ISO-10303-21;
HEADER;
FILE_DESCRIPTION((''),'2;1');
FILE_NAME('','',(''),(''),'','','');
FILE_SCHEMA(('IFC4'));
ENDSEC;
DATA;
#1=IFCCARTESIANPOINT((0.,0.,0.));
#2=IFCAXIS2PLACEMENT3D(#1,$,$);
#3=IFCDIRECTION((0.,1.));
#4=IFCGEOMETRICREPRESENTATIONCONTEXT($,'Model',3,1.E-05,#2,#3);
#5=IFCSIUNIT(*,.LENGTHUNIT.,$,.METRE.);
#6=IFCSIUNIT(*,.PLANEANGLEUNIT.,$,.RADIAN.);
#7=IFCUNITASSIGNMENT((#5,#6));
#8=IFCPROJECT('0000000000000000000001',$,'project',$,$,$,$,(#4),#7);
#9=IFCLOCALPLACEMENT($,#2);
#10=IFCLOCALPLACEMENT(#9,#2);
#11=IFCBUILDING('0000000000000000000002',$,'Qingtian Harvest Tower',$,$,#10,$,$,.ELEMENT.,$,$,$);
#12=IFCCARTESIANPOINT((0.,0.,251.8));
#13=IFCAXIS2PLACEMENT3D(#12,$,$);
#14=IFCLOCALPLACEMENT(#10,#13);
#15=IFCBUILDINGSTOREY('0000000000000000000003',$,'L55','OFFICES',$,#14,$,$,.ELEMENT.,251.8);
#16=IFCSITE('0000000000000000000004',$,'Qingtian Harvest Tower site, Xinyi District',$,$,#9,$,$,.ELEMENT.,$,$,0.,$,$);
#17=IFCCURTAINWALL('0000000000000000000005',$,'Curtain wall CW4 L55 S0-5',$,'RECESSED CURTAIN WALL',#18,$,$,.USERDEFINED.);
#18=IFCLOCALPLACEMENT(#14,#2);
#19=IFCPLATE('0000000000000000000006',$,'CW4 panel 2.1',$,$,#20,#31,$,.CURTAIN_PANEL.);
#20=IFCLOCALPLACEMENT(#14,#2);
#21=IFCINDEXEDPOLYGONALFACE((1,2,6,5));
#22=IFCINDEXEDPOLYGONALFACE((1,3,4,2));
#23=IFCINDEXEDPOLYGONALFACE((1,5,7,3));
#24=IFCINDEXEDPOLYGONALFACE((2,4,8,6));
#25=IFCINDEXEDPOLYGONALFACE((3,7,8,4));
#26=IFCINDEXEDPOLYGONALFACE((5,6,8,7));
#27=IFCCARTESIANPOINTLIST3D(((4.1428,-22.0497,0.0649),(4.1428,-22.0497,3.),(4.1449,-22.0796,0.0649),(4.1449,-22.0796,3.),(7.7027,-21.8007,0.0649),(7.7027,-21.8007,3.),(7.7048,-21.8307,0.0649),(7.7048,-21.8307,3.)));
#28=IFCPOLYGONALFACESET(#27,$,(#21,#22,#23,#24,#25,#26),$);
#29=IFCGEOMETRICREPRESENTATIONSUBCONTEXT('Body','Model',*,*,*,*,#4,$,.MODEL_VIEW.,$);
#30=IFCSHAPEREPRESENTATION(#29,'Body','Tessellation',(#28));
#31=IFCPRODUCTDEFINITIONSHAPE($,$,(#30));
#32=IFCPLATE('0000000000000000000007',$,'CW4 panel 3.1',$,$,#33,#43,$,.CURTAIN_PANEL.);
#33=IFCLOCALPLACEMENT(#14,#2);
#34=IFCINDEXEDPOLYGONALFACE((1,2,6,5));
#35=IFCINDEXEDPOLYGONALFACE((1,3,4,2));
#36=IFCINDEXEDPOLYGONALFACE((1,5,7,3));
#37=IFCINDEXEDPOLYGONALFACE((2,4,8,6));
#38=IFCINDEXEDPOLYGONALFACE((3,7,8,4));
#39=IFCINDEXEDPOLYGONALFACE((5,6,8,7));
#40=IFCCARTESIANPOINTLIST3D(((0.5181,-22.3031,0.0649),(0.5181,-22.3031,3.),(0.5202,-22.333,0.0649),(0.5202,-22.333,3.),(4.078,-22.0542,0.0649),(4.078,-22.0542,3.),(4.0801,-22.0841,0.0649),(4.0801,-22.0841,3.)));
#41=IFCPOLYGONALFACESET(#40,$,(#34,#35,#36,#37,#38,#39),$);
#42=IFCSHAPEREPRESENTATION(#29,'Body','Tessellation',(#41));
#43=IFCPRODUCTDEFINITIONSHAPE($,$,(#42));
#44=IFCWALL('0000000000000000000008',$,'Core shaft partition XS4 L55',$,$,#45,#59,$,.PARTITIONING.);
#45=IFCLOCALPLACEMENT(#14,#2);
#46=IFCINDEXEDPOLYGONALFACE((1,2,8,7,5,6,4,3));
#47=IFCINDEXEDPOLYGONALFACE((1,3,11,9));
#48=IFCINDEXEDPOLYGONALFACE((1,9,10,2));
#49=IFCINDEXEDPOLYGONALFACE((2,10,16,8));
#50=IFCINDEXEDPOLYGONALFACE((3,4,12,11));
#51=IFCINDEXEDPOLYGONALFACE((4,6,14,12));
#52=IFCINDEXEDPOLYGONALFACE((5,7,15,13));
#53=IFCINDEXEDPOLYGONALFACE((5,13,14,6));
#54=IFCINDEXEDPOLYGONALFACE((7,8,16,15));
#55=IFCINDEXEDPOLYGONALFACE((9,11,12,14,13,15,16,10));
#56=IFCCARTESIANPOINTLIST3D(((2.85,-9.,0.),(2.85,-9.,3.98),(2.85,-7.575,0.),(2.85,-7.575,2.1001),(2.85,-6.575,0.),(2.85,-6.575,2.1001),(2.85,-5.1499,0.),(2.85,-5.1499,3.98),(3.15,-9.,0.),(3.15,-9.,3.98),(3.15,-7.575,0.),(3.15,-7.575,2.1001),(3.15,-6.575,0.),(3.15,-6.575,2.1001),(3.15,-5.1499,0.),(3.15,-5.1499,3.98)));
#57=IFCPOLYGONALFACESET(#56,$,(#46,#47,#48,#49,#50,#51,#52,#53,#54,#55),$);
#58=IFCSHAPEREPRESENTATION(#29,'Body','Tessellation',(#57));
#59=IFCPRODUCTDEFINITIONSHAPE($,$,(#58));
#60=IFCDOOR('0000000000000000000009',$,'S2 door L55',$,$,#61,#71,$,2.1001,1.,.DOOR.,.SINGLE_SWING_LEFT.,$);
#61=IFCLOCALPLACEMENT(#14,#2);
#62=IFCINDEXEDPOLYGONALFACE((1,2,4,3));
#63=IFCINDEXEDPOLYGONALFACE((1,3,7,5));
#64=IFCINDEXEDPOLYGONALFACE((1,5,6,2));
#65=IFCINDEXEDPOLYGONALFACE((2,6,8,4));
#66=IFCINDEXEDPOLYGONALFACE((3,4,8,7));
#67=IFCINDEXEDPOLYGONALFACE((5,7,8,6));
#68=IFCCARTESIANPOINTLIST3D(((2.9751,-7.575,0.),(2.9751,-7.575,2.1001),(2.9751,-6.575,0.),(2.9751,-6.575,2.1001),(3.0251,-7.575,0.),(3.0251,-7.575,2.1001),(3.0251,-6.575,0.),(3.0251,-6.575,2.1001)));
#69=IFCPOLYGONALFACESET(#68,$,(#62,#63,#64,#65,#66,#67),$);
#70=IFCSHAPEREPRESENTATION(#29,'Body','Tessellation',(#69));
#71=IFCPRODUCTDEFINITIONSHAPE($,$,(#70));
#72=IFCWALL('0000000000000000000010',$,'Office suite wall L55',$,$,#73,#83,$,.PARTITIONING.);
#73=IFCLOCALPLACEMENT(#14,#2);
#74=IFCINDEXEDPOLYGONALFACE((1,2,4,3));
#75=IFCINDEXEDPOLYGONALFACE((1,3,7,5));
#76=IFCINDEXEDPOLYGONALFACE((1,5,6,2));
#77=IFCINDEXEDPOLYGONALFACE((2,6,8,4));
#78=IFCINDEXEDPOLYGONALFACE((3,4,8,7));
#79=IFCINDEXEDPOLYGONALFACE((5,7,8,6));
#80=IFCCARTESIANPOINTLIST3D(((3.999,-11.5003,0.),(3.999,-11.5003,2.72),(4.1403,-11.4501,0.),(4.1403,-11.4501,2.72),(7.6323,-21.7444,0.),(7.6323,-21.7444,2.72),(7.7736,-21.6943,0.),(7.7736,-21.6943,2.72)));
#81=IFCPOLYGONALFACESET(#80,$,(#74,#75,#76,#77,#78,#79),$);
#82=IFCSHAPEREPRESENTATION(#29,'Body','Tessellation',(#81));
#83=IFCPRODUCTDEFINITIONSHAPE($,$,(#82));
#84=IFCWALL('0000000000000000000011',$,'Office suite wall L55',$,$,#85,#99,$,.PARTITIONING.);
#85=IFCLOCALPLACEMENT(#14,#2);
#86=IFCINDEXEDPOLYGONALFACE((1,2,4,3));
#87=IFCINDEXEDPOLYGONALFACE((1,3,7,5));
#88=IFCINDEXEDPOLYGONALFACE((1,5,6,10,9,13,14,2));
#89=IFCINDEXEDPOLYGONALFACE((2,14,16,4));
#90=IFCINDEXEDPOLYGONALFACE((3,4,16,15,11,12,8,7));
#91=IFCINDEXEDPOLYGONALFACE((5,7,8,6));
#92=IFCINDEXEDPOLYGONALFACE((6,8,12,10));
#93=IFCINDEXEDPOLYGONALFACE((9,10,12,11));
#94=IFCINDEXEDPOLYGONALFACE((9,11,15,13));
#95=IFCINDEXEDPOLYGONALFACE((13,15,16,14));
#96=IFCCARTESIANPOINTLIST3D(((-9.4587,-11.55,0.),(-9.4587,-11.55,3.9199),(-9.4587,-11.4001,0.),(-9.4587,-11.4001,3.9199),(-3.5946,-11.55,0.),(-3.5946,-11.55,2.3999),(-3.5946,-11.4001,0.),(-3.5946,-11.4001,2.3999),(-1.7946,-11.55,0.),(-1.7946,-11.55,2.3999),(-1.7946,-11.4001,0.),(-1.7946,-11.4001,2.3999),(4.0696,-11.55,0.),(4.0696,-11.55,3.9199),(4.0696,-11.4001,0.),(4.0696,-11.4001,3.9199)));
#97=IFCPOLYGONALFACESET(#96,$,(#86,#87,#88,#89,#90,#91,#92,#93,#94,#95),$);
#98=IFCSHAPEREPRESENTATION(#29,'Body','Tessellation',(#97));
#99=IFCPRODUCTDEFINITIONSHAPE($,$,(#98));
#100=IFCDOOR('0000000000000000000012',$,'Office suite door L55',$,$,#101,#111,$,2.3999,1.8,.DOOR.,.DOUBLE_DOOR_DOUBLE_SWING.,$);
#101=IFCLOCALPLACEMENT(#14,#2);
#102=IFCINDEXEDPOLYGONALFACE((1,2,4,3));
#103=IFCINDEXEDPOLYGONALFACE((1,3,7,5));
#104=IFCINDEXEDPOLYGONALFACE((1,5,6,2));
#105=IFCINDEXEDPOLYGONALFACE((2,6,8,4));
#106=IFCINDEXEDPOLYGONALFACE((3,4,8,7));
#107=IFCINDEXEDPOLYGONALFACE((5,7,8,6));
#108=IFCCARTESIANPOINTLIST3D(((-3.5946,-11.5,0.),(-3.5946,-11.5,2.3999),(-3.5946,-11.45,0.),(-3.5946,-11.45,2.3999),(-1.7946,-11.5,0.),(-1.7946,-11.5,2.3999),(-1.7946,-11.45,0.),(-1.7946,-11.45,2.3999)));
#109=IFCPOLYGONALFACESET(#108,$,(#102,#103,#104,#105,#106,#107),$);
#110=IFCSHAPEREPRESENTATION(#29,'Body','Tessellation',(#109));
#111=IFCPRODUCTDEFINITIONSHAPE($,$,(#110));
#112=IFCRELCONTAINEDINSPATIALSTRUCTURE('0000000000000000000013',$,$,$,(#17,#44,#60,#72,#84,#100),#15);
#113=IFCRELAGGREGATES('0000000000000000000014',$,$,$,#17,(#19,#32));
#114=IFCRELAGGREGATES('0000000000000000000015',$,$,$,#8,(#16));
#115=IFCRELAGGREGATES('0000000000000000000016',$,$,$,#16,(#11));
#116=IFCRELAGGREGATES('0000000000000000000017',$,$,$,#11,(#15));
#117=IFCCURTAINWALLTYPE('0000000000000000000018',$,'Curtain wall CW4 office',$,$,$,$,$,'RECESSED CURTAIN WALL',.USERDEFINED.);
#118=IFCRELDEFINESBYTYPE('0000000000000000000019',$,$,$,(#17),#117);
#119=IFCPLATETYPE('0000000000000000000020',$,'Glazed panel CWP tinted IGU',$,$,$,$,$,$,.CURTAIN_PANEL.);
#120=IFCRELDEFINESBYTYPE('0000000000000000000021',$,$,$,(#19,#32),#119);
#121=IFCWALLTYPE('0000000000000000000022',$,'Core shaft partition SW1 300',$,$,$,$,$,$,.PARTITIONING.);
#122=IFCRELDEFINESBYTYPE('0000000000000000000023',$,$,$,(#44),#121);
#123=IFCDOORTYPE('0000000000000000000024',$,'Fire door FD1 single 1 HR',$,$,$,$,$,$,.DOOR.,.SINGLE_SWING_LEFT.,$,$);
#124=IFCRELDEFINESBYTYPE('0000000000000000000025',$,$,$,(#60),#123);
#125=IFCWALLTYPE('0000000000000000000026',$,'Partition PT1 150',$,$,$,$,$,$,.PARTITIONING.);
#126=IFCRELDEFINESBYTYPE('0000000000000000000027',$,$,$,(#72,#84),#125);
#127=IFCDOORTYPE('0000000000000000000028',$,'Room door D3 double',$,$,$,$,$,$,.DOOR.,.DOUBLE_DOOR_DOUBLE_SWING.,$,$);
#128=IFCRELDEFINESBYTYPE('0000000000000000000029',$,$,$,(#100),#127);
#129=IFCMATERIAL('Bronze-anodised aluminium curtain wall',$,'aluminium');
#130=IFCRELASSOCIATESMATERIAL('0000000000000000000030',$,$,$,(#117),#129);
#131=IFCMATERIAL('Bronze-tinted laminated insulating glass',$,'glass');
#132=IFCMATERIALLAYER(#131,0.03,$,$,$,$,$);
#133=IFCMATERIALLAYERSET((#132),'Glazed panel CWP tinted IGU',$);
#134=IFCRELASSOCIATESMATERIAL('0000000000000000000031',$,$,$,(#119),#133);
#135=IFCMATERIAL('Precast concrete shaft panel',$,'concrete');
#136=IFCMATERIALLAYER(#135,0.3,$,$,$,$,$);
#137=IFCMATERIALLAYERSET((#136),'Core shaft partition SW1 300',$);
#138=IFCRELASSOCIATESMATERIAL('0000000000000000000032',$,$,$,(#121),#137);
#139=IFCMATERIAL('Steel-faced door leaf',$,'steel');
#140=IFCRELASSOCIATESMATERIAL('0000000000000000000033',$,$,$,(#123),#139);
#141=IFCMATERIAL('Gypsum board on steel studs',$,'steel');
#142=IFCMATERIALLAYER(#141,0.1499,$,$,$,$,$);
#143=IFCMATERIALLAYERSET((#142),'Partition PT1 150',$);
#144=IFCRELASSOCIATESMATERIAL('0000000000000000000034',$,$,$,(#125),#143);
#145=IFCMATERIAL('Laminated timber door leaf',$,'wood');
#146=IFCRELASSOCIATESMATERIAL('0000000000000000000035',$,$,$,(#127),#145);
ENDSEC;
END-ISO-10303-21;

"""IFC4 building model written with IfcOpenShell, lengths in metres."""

from ifc_helpers import new_model, si_unit, direction, frame, frame_2d, origin, origin_2d, place, context, subcontext, project, spatial, rectangle, extrude, material, layer, layer_set, type_object, element, fill, aggregate, save


model = new_model("IFC4")

# Units and contexts
model_context = context("Model", 3, precision=1e-05, world=origin(), true_north=direction((0.0, 1.0)))
body_context = subcontext(model_context, "Body", "Model", "MODEL_VIEW")
ifc_project = project(units=[si_unit("LENGTHUNIT", "METRE"), si_unit("PLANEANGLEUNIT", "RADIAN")], contexts=[model_context])

# Site, building, storey
site_placement = place(None, origin())
site = spatial("IfcSite", under=ifc_project, at=site_placement, Name="Qingtian Harvest Tower site, Xinyi District", CompositionType="ELEMENT", RefElevation=0.0)
building_placement = place(site_placement, origin())
building = spatial("IfcBuilding", under=site, at=building_placement, Name="Qingtian Harvest Tower", CompositionType="ELEMENT")
storey_placement = place(building_placement, frame((0.0, 0.0, 251.8)))
storey = spatial("IfcBuildingStorey", under=building, at=storey_placement, Name="L55", Description="OFFICES", CompositionType="ELEMENT", Elevation=251.8)

# Shared definitions
ifc_material_1 = material(Name="Bronze-anodised aluminium curtain wall", Category="aluminium")
curtain_wall_type = type_object("IfcCurtainWallType", Name="Curtain wall CW4 office", ElementType="RECESSED CURTAIN WALL", PredefinedType="USERDEFINED", material=ifc_material_1)

# Curtain wall
curtain_wall_1_placement = place(storey_placement, origin())
curtain_wall_1 = element("IfcCurtainWall", 1, at=curtain_wall_1_placement, inside=storey, type_object=curtain_wall_type, Name="Curtain wall CW4 L55 S0-5", ObjectType="RECESSED CURTAIN WALL", PredefinedType="USERDEFINED")

# Plates
ifc_material_2 = material(Name="Bronze-tinted laminated insulating glass", Category="glass")
ifc_layer_1 = layer(ifc_material_2, 0.03)
ifc_layer_set_1 = layer_set([ifc_layer_1], Name="Glazed panel CWP tinted IGU")
plate_type = type_object("IfcPlateType", Name="Glazed panel CWP tinted IGU", PredefinedType="CURTAIN_PANEL", material=ifc_layer_set_1)
plate_1_placement = place(storey_placement, frame((5.9238, -21.9402, 0.0649), z_axis=(0.0, 0.0, 1.0), x_axis=(-0.997564, -0.069756, 0.0)))
plate_1 = element("IfcPlate", 2, at=plate_1_placement, type_object=plate_type, Name="CW4 panel 2.1", PredefinedType="CURTAIN_PANEL", context=body_context, shape_type="SweptSolid", body=[
    extrude(rectangle(XDim=3.5686, YDim=0.03, at=origin_2d()), origin(), (0.0, 0.0, 1.0), 2.9351),
])
plate_2_placement = place(storey_placement, frame((2.2991, -22.1936, 0.0649), z_axis=(0.0, 0.0, 1.0), x_axis=(-0.997564, -0.069756, 0.0)))
plate_2 = element("IfcPlate", 3, at=plate_2_placement, type_object=plate_type, Name="CW4 panel 3.1", PredefinedType="CURTAIN_PANEL", context=body_context, shape_type="SweptSolid", body=[
    extrude(rectangle(XDim=3.5686, YDim=0.03, at=origin_2d()), origin(), (0.0, 0.0, 1.0), 2.9351),
])
aggregate(curtain_wall_1, [plate_1, plate_2])

# Wall, opening, door
ifc_material_3 = material(Name="Precast concrete shaft panel", Category="concrete")
ifc_layer_2 = layer(ifc_material_3, 0.3)
ifc_layer_set_2 = layer_set([ifc_layer_2], Name="Core shaft partition SW1 300")
wall_type_1 = type_object("IfcWallType", Name="Core shaft partition SW1 300", PredefinedType="PARTITIONING", material=ifc_layer_set_2)
wall_1_placement = place(storey_placement, frame((3.0, -9.0, 0.0), z_axis=(0.0, 0.0, 1.0), x_axis=(0.0, 1.0, 0.0)))
wall_1 = element("IfcWall", 4, at=wall_1_placement, inside=storey, type_object=wall_type_1, Name="Core shaft partition XS4 L55", PredefinedType="PARTITIONING", context=body_context, shape_type="SweptSolid", body=[
    extrude(rectangle(XDim=3.8501, YDim=0.3, at=frame_2d((1.925, 0.0))), origin(), (0.0, 0.0, 1.0), 3.98),
])
opening_1_placement = place(wall_1_placement, frame((1.425, 0.0, 0.0)))
opening_1 = element("IfcOpeningElement", 5, at=opening_1_placement, cuts=wall_1, PredefinedType="OPENING", context=body_context, shape_type="SweptSolid", body=[
    extrude(rectangle(XDim=1.0, YDim=2.1001, at=frame_2d((0.5, 1.05))), frame((0.0, 0.1599, 0.0), z_axis=(0.0, -1.0, 0.0), x_axis=(1.0, 0.0, 0.0)), (0.0, 0.0, 1.0), 0.3201),
])
ifc_material_4 = material(Name="Steel-faced door leaf", Category="steel")
door_type_1 = type_object("IfcDoorType", Name="Fire door FD1 single 1 HR", OperationType="SINGLE_SWING_LEFT", PredefinedType="DOOR", material=ifc_material_4)
door_1_placement = place(opening_1_placement, origin())
door_1 = element("IfcDoor", 6, at=door_1_placement, inside=storey, type_object=door_type_1, Name="S2 door L55", OperationType="SINGLE_SWING_LEFT", OverallHeight=2.1001, OverallWidth=1.0, PredefinedType="DOOR", context=body_context, shape_type="SweptSolid", body=[
    extrude(rectangle(XDim=1.0, YDim=2.1001, at=frame_2d((0.5, 1.05))), frame((0.0, 0.0249, 0.0), z_axis=(0.0, -1.0, 0.0), x_axis=(1.0, 0.0, 0.0)), (0.0, 0.0, 1.0), 0.05),
])
fill(opening_1, door_1)

# Wall
ifc_material_5 = material(Name="Gypsum board on steel studs", Category="steel")
ifc_layer_3 = layer(ifc_material_5, 0.1499)
ifc_layer_set_3 = layer_set([ifc_layer_3], Name="Partition PT1 150")
wall_type_2 = type_object("IfcWallType", Name="Partition PT1 150", PredefinedType="PARTITIONING", material=ifc_layer_set_3)
wall_2_placement = place(storey_placement, frame((7.7029, -21.7192, 0.0), z_axis=(0.0, 0.0, 1.0), x_axis=(-0.33427, 0.942478, 0.0)))
element("IfcWall", 7, at=wall_2_placement, inside=storey, type_object=wall_type_2, Name="Office suite wall L55", PredefinedType="PARTITIONING", context=body_context, shape_type="SweptSolid", body=[
    extrude(rectangle(XDim=10.8694, YDim=0.1499, at=frame_2d((5.4346, 0.0))), origin(), (0.0, 0.0, 1.0), 2.72),
])

# Wall, opening, door
wall_3_placement = place(storey_placement, frame((4.0696, -11.4751, 0.0), z_axis=(0.0, 0.0, 1.0), x_axis=(-1.0, 0.0, 0.0)))
wall_3 = element("IfcWall", 8, at=wall_3_placement, inside=storey, type_object=wall_type_2, Name="Office suite wall L55", PredefinedType="PARTITIONING", context=body_context, shape_type="SweptSolid", body=[
    extrude(rectangle(XDim=13.5283, YDim=0.1499, at=frame_2d((6.7642, 0.0))), origin(), (0.0, 0.0, 1.0), 3.9199),
])
opening_2_placement = place(wall_3_placement, frame((5.8643, 0.0, 0.0)))
opening_2 = element("IfcOpeningElement", 9, at=opening_2_placement, cuts=wall_3, PredefinedType="OPENING", context=body_context, shape_type="SweptSolid", body=[
    extrude(rectangle(XDim=1.8, YDim=2.3999, at=frame_2d((0.8999, 1.2))), frame((0.0, 0.085, 0.0), z_axis=(0.0, -1.0, 0.0), x_axis=(1.0, 0.0, 0.0)), (0.0, 0.0, 1.0), 0.1699),
])
ifc_material_6 = material(Name="Laminated timber door leaf", Category="wood")
door_type_2 = type_object("IfcDoorType", Name="Room door D3 double", OperationType="DOUBLE_DOOR_DOUBLE_SWING", PredefinedType="DOOR", material=ifc_material_6)
door_2_placement = place(opening_2_placement, origin())
door_2 = element("IfcDoor", 10, at=door_2_placement, inside=storey, type_object=door_type_2, Name="Office suite door L55", OperationType="DOUBLE_DOOR_DOUBLE_SWING", OverallHeight=2.3999, OverallWidth=1.8, PredefinedType="DOOR", context=body_context, shape_type="SweptSolid", body=[
    extrude(rectangle(XDim=1.8, YDim=2.3999, at=frame_2d((0.8999, 1.2))), frame((0.0, 0.0249, 0.0), z_axis=(0.0, -1.0, 0.0), x_axis=(1.0, 0.0, 0.0)), (0.0, 0.0, 1.0), 0.05),
])
fill(opening_2, door_2)

save(model, "model.ifc")
